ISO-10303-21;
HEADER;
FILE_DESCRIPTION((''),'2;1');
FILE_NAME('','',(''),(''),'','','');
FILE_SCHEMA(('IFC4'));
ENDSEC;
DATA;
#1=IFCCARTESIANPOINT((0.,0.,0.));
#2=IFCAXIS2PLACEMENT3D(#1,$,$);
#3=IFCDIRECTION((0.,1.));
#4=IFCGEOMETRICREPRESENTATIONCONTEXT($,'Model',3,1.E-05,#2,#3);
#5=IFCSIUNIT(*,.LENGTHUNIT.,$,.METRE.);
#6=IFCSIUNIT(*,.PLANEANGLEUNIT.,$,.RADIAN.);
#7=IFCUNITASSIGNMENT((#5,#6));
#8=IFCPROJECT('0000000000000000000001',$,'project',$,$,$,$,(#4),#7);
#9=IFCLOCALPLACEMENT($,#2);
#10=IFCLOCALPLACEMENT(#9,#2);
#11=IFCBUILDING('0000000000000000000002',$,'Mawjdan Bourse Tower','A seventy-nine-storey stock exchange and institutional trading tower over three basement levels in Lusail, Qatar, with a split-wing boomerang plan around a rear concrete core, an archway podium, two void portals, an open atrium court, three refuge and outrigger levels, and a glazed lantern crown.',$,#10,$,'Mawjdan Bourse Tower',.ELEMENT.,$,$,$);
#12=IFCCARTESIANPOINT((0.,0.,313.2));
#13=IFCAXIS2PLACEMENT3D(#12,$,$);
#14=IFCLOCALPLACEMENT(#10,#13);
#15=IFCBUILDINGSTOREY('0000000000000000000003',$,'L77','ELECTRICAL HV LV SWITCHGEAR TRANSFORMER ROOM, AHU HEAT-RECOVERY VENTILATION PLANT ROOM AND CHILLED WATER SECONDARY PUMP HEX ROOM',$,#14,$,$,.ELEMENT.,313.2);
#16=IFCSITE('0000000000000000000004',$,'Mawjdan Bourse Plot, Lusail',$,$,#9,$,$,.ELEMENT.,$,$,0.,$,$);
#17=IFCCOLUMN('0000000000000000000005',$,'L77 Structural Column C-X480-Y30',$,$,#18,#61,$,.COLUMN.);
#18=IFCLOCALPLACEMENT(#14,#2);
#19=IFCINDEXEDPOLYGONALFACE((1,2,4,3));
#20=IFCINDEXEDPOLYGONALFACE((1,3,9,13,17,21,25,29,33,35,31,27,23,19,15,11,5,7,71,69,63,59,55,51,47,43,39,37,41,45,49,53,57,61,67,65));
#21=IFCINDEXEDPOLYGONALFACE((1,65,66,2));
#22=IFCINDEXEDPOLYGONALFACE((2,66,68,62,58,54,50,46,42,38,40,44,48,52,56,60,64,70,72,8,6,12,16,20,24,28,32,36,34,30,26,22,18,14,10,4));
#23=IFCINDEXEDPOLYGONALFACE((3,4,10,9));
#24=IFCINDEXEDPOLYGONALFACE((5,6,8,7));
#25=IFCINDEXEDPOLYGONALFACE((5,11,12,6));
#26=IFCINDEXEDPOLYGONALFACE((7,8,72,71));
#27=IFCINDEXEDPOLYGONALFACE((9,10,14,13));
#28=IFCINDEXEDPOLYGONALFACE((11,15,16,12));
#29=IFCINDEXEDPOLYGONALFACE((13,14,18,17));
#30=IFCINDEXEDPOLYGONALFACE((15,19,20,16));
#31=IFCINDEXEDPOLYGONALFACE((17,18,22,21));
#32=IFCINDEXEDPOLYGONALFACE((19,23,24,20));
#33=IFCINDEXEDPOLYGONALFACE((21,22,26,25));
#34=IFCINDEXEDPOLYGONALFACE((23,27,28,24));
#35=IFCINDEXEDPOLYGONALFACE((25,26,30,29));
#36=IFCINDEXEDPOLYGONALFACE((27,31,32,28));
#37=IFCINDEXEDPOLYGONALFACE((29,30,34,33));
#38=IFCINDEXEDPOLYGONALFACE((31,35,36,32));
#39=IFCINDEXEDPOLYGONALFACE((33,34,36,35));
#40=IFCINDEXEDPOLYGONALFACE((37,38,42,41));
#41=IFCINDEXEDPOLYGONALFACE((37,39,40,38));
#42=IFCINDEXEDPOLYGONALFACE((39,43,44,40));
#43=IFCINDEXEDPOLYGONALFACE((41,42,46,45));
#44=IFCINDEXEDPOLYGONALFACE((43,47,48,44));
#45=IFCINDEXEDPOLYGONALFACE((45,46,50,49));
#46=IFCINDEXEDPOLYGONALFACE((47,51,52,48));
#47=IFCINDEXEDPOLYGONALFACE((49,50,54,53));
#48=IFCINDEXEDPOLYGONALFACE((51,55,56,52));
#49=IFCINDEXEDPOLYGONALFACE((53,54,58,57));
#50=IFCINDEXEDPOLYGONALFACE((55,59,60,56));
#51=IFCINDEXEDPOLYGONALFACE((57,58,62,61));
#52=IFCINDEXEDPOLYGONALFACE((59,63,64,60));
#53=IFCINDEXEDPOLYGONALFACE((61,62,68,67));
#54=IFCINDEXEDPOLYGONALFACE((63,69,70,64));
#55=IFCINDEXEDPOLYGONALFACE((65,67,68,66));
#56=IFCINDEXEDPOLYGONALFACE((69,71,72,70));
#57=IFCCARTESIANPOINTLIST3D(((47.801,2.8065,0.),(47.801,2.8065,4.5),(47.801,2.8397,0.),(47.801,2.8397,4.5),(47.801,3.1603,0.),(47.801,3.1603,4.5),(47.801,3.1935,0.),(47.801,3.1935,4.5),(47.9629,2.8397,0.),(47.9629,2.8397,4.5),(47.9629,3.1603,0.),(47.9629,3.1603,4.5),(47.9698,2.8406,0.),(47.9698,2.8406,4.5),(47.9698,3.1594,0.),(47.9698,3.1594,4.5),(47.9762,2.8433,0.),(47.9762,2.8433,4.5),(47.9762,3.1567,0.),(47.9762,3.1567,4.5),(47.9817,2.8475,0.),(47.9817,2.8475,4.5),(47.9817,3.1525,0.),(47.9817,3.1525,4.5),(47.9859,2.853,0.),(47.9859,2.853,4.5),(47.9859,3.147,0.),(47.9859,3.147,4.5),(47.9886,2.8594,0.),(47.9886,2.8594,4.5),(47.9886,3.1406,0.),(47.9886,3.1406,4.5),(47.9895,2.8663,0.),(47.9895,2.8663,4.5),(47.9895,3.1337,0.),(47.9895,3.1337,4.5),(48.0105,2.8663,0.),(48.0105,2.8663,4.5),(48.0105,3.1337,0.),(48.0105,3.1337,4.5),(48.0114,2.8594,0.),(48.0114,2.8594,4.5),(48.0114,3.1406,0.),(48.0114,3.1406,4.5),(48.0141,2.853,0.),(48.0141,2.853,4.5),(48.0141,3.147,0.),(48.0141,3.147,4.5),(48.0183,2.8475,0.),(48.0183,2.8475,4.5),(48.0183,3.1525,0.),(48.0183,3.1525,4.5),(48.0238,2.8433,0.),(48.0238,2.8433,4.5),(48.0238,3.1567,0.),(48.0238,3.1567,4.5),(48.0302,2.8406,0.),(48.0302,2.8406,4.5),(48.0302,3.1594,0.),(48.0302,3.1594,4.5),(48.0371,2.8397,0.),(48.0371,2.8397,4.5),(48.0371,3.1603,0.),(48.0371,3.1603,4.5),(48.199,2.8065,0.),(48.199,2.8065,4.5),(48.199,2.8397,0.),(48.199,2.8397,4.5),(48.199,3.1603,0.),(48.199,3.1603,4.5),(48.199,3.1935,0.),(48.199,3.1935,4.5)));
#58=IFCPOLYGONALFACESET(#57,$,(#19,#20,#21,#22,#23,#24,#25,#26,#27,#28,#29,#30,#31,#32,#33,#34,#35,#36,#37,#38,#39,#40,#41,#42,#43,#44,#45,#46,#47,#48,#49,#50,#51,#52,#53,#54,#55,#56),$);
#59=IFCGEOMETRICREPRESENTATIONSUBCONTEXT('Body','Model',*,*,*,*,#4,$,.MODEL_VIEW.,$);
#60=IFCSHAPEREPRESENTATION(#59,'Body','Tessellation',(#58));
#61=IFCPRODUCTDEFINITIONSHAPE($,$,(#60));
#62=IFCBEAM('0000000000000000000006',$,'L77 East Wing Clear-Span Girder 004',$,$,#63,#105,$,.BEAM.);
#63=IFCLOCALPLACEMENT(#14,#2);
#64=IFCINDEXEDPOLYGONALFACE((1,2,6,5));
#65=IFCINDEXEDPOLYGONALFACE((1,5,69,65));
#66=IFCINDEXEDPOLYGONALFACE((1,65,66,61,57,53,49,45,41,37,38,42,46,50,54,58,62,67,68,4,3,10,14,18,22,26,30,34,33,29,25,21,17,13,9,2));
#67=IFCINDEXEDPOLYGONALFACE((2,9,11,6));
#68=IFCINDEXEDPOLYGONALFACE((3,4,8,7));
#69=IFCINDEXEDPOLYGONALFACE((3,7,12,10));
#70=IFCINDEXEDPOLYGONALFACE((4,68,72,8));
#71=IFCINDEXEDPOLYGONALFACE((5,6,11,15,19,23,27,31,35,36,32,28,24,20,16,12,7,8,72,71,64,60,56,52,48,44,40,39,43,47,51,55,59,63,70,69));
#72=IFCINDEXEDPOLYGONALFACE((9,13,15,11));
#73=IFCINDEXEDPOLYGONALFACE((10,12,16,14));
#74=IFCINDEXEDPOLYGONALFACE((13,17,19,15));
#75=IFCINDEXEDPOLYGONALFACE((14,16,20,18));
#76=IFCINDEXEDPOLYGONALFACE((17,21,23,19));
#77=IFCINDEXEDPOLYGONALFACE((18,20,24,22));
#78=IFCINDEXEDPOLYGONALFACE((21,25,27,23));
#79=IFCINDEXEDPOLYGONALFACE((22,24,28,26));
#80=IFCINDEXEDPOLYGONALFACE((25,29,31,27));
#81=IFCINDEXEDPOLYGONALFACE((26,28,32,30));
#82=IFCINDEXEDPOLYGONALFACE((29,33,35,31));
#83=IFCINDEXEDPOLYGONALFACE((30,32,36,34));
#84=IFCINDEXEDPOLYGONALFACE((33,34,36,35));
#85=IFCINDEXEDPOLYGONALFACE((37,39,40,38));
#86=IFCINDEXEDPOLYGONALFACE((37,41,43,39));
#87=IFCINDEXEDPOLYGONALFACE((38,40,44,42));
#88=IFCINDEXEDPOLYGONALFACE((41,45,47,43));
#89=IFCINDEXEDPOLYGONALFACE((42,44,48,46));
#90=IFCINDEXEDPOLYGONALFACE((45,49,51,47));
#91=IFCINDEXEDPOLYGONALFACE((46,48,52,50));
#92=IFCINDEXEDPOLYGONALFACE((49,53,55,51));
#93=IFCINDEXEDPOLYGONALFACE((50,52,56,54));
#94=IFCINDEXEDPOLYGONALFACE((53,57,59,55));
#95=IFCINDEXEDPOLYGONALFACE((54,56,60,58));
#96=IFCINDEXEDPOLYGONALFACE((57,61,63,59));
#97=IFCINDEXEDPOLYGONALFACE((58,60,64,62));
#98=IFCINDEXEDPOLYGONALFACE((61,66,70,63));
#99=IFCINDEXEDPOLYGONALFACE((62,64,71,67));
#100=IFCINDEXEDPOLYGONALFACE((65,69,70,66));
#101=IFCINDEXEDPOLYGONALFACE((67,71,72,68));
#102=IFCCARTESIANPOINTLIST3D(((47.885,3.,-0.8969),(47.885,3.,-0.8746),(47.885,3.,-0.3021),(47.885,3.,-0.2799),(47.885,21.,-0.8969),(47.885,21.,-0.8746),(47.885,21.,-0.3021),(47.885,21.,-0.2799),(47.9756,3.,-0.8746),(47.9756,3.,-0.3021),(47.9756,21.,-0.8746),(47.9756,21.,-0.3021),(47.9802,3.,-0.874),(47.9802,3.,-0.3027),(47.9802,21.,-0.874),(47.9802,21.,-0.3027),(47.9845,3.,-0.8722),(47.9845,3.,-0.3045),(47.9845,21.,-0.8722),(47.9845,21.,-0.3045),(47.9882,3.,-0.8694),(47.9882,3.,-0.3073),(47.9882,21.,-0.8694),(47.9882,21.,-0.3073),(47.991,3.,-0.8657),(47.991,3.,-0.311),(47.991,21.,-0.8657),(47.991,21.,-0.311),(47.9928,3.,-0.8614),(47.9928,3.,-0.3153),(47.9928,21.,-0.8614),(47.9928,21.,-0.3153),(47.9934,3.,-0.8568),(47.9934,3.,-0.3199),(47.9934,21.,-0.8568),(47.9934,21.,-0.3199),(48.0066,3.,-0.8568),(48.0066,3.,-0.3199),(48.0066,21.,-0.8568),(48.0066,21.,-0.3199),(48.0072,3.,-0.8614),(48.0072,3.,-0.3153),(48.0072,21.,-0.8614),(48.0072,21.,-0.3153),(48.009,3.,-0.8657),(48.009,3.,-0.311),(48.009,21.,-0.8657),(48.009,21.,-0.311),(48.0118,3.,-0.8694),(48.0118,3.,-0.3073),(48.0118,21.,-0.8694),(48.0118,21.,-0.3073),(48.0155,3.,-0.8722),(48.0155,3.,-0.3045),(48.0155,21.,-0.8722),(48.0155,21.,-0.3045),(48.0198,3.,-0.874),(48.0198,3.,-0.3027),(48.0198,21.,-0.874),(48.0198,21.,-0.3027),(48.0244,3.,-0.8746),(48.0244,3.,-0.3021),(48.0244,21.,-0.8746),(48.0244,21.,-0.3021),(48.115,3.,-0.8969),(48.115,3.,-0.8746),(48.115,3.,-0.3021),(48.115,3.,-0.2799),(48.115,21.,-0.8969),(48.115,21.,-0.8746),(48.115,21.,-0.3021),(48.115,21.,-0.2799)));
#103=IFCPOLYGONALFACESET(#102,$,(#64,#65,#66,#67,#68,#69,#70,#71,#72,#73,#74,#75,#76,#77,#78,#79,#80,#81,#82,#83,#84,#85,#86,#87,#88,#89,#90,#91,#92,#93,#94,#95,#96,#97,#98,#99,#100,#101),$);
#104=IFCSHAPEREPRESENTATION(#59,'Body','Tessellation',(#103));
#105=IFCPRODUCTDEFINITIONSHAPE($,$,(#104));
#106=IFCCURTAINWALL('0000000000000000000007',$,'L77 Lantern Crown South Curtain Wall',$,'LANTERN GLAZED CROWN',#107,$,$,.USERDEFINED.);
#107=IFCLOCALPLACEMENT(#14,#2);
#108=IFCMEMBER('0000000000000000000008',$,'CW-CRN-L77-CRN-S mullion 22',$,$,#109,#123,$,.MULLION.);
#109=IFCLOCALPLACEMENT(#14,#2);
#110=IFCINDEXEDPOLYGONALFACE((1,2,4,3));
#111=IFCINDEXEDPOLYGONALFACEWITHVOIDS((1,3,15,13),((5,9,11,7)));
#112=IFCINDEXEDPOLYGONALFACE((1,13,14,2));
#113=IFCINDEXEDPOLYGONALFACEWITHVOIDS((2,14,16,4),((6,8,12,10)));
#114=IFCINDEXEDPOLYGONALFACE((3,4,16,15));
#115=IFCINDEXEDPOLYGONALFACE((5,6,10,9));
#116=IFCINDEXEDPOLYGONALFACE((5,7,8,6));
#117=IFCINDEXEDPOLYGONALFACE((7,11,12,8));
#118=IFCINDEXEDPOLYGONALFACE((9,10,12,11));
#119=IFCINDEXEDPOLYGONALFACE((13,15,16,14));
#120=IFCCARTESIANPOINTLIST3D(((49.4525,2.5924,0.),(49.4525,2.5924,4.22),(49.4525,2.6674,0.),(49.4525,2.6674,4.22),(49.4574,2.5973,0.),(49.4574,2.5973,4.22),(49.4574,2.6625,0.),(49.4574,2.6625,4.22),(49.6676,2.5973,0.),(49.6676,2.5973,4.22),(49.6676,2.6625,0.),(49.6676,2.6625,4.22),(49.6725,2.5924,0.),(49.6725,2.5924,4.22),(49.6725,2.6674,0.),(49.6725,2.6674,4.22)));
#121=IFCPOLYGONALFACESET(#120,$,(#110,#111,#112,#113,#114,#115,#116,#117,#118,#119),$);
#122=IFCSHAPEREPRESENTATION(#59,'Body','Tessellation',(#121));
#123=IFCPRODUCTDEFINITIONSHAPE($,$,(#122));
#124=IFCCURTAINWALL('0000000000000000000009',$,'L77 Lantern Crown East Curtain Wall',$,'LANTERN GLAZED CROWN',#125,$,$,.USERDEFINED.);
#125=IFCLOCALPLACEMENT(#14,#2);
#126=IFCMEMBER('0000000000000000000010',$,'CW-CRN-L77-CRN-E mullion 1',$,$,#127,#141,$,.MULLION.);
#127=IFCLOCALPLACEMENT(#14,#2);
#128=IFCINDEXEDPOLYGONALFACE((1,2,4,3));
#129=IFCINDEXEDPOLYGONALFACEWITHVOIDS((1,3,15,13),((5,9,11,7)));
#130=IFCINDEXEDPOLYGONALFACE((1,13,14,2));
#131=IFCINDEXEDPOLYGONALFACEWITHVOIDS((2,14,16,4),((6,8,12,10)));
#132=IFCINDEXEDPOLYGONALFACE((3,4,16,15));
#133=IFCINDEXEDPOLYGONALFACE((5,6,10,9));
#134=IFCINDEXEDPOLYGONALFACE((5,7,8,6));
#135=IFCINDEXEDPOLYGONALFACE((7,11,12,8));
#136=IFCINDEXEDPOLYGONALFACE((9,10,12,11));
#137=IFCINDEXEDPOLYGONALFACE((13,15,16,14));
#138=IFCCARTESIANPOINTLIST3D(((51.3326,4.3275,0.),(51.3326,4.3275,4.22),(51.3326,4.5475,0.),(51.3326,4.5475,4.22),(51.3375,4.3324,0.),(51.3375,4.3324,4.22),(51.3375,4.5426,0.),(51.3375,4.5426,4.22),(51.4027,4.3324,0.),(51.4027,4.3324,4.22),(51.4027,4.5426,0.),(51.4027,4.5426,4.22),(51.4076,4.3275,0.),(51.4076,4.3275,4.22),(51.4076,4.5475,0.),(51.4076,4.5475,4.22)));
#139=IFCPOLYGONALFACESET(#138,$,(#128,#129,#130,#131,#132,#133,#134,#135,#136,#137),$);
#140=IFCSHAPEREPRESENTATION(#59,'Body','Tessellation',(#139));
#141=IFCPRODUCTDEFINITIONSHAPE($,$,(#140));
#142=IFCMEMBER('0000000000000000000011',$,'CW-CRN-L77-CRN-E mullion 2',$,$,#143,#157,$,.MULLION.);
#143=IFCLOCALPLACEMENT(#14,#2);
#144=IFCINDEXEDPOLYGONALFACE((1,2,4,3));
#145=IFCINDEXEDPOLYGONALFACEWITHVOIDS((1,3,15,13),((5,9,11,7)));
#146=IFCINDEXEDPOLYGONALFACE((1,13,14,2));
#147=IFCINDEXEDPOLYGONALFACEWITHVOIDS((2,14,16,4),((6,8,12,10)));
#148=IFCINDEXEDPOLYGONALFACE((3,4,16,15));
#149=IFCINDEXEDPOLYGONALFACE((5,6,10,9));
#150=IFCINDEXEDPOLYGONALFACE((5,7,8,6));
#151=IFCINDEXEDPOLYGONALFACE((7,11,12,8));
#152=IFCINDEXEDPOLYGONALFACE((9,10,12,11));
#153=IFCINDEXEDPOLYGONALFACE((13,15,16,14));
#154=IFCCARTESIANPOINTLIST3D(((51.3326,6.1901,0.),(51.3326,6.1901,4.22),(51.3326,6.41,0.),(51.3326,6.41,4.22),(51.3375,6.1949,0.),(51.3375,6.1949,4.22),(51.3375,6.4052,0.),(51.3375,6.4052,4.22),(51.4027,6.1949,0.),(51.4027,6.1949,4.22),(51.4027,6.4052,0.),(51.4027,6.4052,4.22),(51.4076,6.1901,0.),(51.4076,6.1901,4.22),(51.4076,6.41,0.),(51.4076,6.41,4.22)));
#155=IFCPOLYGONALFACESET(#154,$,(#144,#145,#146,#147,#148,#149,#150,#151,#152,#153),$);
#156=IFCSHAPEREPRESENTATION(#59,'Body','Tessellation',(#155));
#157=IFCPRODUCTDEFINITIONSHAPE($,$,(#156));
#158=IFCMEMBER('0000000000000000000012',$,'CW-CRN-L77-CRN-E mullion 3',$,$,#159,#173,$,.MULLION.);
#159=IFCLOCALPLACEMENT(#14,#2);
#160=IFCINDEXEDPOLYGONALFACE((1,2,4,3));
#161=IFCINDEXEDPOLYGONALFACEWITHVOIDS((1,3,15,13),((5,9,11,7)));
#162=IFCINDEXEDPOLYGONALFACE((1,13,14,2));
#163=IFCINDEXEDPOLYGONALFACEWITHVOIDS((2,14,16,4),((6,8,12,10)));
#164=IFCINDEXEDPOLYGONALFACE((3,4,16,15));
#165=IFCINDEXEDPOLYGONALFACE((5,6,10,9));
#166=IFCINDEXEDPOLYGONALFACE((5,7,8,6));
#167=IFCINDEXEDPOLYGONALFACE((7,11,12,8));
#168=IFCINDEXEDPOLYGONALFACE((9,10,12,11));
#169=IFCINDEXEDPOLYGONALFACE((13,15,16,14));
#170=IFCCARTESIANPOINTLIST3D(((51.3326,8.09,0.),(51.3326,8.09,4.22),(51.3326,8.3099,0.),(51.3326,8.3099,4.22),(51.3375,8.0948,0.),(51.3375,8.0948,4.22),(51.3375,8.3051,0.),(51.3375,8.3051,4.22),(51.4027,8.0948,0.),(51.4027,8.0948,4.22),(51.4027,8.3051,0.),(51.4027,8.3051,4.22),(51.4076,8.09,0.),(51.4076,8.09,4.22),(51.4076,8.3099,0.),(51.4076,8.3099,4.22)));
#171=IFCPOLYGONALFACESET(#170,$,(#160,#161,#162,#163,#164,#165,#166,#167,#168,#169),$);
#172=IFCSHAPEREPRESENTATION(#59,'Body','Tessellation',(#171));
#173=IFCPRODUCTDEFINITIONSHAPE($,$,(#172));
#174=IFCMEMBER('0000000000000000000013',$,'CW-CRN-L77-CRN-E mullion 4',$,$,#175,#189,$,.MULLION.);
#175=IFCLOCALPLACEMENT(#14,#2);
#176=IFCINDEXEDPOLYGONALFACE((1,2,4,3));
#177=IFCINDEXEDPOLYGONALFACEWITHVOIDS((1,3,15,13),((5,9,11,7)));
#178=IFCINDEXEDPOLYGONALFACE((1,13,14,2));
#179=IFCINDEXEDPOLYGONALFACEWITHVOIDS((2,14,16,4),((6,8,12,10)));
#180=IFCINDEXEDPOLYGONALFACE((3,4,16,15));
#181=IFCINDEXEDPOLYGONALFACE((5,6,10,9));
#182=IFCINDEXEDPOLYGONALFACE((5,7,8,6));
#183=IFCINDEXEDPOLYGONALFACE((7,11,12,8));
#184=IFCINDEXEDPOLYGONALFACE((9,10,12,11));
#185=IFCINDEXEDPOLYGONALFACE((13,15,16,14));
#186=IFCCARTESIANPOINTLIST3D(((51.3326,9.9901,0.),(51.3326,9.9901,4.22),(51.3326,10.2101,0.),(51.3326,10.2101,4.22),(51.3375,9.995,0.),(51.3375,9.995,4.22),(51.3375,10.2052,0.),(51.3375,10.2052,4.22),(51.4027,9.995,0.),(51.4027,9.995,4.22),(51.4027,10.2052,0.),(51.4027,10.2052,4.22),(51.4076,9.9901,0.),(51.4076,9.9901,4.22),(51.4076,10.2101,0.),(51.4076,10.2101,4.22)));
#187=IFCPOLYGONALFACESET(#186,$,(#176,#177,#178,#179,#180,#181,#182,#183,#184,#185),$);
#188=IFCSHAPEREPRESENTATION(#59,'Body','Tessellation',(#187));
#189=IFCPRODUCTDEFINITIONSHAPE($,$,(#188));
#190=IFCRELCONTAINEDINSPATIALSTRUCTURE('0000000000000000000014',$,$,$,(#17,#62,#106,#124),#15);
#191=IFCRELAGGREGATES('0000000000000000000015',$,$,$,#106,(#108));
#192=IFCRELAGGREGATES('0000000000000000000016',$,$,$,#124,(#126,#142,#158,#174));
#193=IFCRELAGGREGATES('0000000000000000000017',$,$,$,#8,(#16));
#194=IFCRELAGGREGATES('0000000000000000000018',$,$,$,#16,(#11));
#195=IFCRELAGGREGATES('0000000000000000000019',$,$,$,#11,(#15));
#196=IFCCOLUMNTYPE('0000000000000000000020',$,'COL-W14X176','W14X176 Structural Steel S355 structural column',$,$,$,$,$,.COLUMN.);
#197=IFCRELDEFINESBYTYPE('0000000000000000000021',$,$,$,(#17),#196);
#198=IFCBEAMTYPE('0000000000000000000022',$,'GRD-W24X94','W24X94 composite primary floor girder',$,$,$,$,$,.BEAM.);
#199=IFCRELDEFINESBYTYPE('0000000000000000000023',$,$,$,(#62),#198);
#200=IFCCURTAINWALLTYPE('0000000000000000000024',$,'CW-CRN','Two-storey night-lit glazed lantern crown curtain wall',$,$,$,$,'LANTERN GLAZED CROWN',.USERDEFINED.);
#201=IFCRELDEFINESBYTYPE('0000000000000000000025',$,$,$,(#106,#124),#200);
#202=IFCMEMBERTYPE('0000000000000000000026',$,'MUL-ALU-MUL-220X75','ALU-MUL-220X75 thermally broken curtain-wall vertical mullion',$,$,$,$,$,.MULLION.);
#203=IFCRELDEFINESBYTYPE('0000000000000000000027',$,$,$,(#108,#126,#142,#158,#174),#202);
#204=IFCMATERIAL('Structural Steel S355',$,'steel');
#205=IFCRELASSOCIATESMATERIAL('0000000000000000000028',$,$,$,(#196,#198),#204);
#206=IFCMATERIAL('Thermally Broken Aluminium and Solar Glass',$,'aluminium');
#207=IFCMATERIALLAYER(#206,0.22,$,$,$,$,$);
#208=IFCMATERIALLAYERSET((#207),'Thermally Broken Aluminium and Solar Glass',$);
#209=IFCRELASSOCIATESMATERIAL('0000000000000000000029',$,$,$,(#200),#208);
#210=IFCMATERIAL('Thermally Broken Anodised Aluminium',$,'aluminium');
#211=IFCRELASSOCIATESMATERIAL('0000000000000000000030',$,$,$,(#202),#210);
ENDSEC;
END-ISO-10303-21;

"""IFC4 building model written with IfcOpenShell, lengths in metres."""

from ifc_helpers import new_model, si_unit, direction, frame, origin, origin_2d, place, context, subcontext, project, spatial, hollow_rectangle, i_section, extrude, material, layer, layer_set, material_profile, profile_set, type_object, element, aggregate, save


model = new_model("IFC4")

# Units and contexts
model_context = context("Model", 3, precision=1e-05, world=origin(), true_north=direction((0.0, 1.0)))
body_context = subcontext(model_context, "Body", "Model", "MODEL_VIEW")
ifc_project = project(units=[si_unit("LENGTHUNIT", "METRE"), si_unit("PLANEANGLEUNIT", "RADIAN")], contexts=[model_context])

# Site, building, storey
site_placement = place(None, origin())
site = spatial("IfcSite", under=ifc_project, at=site_placement, Name="Mawjdan Bourse Plot, Lusail", CompositionType="ELEMENT", RefElevation=0.0)
building_placement = place(site_placement, origin())
building = spatial("IfcBuilding", under=site, at=building_placement, Name="Mawjdan Bourse Tower", Description="A seventy-nine-storey stock exchange and institutional trading tower over three basement levels in Lusail, Qatar, with a split-wing boomerang plan around a rear concrete core, an archway podium, two void portals, an open atrium court, three refuge and outrigger levels, and a glazed lantern crown.", LongName="Mawjdan Bourse Tower", CompositionType="ELEMENT")
storey_placement = place(building_placement, frame((0.0, 0.0, 313.2)))
storey = spatial("IfcBuildingStorey", under=building, at=storey_placement, Name="L77", Description="ELECTRICAL HV LV SWITCHGEAR TRANSFORMER ROOM, AHU HEAT-RECOVERY VENTILATION PLANT ROOM AND CHILLED WATER SECONDARY PUMP HEX ROOM", CompositionType="ELEMENT", Elevation=313.2)

# Column
ifc_material_1 = material(Name="Structural Steel S355", Category="steel")
ifc_material_profile_1 = material_profile(ifc_material_1, i_section(OverallWidth=0.3979, OverallDepth=0.387, WebThickness=0.021, FlangeThickness=0.0332, FilletRadius=0.0266, at=origin_2d()), Name="W14X176")
ifc_profile_set_1 = profile_set([ifc_material_profile_1], Name="Structural Steel S355")
column_type = type_object("IfcColumnType", Name="COL-W14X176", Description="W14X176 Structural Steel S355 structural column", PredefinedType="COLUMN", material=ifc_profile_set_1)
column_placement = place(storey_placement, frame((48.0, 3.0, 0.0), z_axis=(0.0, 0.0, 1.0), x_axis=(1.0, 0.0, 0.0)))
element("IfcColumn", 1, at=column_placement, inside=storey, type_object=column_type, Name="L77 Structural Column C-X480-Y30", PredefinedType="COLUMN", context=body_context, shape_type="SweptSolid", body=[
    extrude(i_section(OverallWidth=0.3979, OverallDepth=0.387, WebThickness=0.021, FlangeThickness=0.0332, FilletRadius=0.0266, at=origin_2d()), origin(), (0.0, 0.0, 1.0), 4.5),
])

# Beam
ifc_material_profile_2 = material_profile(ifc_material_1, i_section(OverallWidth=0.23, OverallDepth=0.6169, WebThickness=0.0132, FlangeThickness=0.0222, FilletRadius=0.0178, at=origin_2d()), Name="W24X94")
ifc_profile_set_2 = profile_set([ifc_material_profile_2], Name="Structural Steel S355")
beam_type = type_object("IfcBeamType", Name="GRD-W24X94", Description="W24X94 composite primary floor girder", PredefinedType="BEAM", material=ifc_profile_set_2)
beam_placement = place(storey_placement, frame((48.0, 3.0, -0.5884), z_axis=(0.0, 1.0, 0.0), x_axis=(-1.0, 0.0, 0.0)))
element("IfcBeam", 2, at=beam_placement, inside=storey, type_object=beam_type, Name="L77 East Wing Clear-Span Girder 004", PredefinedType="BEAM", context=body_context, shape_type="SweptSolid", body=[
    extrude(i_section(OverallWidth=0.23, OverallDepth=0.6169, WebThickness=0.0132, FlangeThickness=0.0222, FilletRadius=0.0178, at=origin_2d()), origin(), (0.0, 0.0, 1.0), 18.0),
])

# Curtain wall, member
ifc_material_2 = material(Name="Thermally Broken Aluminium and Solar Glass", Category="aluminium")
ifc_layer_1 = layer(ifc_material_2, 0.22)
ifc_layer_set_1 = layer_set([ifc_layer_1], Name="Thermally Broken Aluminium and Solar Glass")
curtain_wall_type = type_object("IfcCurtainWallType", Name="CW-CRN", Description="Two-storey night-lit glazed lantern crown curtain wall", ElementType="LANTERN GLAZED CROWN", PredefinedType="USERDEFINED", material=ifc_layer_set_1)
curtain_wall_1_placement = place(storey_placement, origin())
curtain_wall_1 = element("IfcCurtainWall", 3, at=curtain_wall_1_placement, inside=storey, type_object=curtain_wall_type, Name="L77 Lantern Crown South Curtain Wall", ObjectType="LANTERN GLAZED CROWN", PredefinedType="USERDEFINED")
ifc_material_3 = material(Name="Thermally Broken Anodised Aluminium", Category="aluminium")
ifc_material_profile_3 = material_profile(ifc_material_3, hollow_rectangle(XDim=0.075, YDim=0.22, WallThickness=0.0049, at=origin_2d()), Name="ALU-MUL-220X75")
ifc_profile_set_3 = profile_set([ifc_material_profile_3], Name="Thermally Broken Anodised Aluminium")
member_type_1 = type_object("IfcMemberType", Name="MUL-ALU-MUL-220X75", Description="ALU-MUL-220X75 thermally broken curtain-wall vertical mullion", PredefinedType="MULLION", material=ifc_profile_set_3)
member_1_placement = place(storey_placement, frame((49.5625, 2.6299, 0.0), z_axis=(0.0, 0.0, 1.0), x_axis=(0.0, 1.0, 0.0)))
member_1 = element("IfcMember", 4, at=member_1_placement, type_object=member_type_1, Name="CW-CRN-L77-CRN-S mullion 22", PredefinedType="MULLION", context=body_context, shape_type="SweptSolid", body=[
    extrude(hollow_rectangle(XDim=0.075, YDim=0.22, WallThickness=0.0049, at=origin_2d()), origin(), (0.0, 0.0, 1.0), 4.22),
])

# Curtain wall, members
curtain_wall_2_placement = place(storey_placement, origin())
curtain_wall_2 = element("IfcCurtainWall", 5, at=curtain_wall_2_placement, inside=storey, type_object=curtain_wall_type, Name="L77 Lantern Crown East Curtain Wall", ObjectType="LANTERN GLAZED CROWN", PredefinedType="USERDEFINED")
member_2_placement = place(storey_placement, frame((51.3701, 4.4375, 0.0), z_axis=(0.0, 0.0, 1.0), x_axis=(-1.0, 0.0, 0.0)))
member_2 = element("IfcMember", 6, at=member_2_placement, type_object=member_type_1, Name="CW-CRN-L77-CRN-E mullion 1", PredefinedType="MULLION", context=body_context, shape_type="SweptSolid", body=[
    extrude(hollow_rectangle(XDim=0.075, YDim=0.22, WallThickness=0.0049, at=origin_2d()), origin(), (0.0, 0.0, 1.0), 4.22),
])
member_3_placement = place(storey_placement, frame((51.3701, 6.3, 0.0), z_axis=(0.0, 0.0, 1.0), x_axis=(-1.0, 0.0, 0.0)))
member_3 = element("IfcMember", 7, at=member_3_placement, type_object=member_type_1, Name="CW-CRN-L77-CRN-E mullion 2", PredefinedType="MULLION", context=body_context, shape_type="SweptSolid", body=[
    extrude(hollow_rectangle(XDim=0.075, YDim=0.22, WallThickness=0.0049, at=origin_2d()), origin(), (0.0, 0.0, 1.0), 4.22),
])
member_4_placement = place(storey_placement, frame((51.3701, 8.2, 0.0), z_axis=(0.0, 0.0, 1.0), x_axis=(-1.0, 0.0, 0.0)))
member_4 = element("IfcMember", 8, at=member_4_placement, type_object=member_type_1, Name="CW-CRN-L77-CRN-E mullion 3", PredefinedType="MULLION", context=body_context, shape_type="SweptSolid", body=[
    extrude(hollow_rectangle(XDim=0.075, YDim=0.22, WallThickness=0.0049, at=origin_2d()), origin(), (0.0, 0.0, 1.0), 4.22),
])
member_5_placement = place(storey_placement, frame((51.3701, 10.1001, 0.0), z_axis=(0.0, 0.0, 1.0), x_axis=(-1.0, 0.0, 0.0)))
member_5 = element("IfcMember", 9, at=member_5_placement, type_object=member_type_1, Name="CW-CRN-L77-CRN-E mullion 4", PredefinedType="MULLION", context=body_context, shape_type="SweptSolid", body=[
    extrude(hollow_rectangle(XDim=0.075, YDim=0.22, WallThickness=0.0049, at=origin_2d()), origin(), (0.0, 0.0, 1.0), 4.22),
])

aggregate(curtain_wall_1, [member_1])
aggregate(curtain_wall_2, [member_2, member_3, member_4, member_5])

save(model, "model.ifc")
